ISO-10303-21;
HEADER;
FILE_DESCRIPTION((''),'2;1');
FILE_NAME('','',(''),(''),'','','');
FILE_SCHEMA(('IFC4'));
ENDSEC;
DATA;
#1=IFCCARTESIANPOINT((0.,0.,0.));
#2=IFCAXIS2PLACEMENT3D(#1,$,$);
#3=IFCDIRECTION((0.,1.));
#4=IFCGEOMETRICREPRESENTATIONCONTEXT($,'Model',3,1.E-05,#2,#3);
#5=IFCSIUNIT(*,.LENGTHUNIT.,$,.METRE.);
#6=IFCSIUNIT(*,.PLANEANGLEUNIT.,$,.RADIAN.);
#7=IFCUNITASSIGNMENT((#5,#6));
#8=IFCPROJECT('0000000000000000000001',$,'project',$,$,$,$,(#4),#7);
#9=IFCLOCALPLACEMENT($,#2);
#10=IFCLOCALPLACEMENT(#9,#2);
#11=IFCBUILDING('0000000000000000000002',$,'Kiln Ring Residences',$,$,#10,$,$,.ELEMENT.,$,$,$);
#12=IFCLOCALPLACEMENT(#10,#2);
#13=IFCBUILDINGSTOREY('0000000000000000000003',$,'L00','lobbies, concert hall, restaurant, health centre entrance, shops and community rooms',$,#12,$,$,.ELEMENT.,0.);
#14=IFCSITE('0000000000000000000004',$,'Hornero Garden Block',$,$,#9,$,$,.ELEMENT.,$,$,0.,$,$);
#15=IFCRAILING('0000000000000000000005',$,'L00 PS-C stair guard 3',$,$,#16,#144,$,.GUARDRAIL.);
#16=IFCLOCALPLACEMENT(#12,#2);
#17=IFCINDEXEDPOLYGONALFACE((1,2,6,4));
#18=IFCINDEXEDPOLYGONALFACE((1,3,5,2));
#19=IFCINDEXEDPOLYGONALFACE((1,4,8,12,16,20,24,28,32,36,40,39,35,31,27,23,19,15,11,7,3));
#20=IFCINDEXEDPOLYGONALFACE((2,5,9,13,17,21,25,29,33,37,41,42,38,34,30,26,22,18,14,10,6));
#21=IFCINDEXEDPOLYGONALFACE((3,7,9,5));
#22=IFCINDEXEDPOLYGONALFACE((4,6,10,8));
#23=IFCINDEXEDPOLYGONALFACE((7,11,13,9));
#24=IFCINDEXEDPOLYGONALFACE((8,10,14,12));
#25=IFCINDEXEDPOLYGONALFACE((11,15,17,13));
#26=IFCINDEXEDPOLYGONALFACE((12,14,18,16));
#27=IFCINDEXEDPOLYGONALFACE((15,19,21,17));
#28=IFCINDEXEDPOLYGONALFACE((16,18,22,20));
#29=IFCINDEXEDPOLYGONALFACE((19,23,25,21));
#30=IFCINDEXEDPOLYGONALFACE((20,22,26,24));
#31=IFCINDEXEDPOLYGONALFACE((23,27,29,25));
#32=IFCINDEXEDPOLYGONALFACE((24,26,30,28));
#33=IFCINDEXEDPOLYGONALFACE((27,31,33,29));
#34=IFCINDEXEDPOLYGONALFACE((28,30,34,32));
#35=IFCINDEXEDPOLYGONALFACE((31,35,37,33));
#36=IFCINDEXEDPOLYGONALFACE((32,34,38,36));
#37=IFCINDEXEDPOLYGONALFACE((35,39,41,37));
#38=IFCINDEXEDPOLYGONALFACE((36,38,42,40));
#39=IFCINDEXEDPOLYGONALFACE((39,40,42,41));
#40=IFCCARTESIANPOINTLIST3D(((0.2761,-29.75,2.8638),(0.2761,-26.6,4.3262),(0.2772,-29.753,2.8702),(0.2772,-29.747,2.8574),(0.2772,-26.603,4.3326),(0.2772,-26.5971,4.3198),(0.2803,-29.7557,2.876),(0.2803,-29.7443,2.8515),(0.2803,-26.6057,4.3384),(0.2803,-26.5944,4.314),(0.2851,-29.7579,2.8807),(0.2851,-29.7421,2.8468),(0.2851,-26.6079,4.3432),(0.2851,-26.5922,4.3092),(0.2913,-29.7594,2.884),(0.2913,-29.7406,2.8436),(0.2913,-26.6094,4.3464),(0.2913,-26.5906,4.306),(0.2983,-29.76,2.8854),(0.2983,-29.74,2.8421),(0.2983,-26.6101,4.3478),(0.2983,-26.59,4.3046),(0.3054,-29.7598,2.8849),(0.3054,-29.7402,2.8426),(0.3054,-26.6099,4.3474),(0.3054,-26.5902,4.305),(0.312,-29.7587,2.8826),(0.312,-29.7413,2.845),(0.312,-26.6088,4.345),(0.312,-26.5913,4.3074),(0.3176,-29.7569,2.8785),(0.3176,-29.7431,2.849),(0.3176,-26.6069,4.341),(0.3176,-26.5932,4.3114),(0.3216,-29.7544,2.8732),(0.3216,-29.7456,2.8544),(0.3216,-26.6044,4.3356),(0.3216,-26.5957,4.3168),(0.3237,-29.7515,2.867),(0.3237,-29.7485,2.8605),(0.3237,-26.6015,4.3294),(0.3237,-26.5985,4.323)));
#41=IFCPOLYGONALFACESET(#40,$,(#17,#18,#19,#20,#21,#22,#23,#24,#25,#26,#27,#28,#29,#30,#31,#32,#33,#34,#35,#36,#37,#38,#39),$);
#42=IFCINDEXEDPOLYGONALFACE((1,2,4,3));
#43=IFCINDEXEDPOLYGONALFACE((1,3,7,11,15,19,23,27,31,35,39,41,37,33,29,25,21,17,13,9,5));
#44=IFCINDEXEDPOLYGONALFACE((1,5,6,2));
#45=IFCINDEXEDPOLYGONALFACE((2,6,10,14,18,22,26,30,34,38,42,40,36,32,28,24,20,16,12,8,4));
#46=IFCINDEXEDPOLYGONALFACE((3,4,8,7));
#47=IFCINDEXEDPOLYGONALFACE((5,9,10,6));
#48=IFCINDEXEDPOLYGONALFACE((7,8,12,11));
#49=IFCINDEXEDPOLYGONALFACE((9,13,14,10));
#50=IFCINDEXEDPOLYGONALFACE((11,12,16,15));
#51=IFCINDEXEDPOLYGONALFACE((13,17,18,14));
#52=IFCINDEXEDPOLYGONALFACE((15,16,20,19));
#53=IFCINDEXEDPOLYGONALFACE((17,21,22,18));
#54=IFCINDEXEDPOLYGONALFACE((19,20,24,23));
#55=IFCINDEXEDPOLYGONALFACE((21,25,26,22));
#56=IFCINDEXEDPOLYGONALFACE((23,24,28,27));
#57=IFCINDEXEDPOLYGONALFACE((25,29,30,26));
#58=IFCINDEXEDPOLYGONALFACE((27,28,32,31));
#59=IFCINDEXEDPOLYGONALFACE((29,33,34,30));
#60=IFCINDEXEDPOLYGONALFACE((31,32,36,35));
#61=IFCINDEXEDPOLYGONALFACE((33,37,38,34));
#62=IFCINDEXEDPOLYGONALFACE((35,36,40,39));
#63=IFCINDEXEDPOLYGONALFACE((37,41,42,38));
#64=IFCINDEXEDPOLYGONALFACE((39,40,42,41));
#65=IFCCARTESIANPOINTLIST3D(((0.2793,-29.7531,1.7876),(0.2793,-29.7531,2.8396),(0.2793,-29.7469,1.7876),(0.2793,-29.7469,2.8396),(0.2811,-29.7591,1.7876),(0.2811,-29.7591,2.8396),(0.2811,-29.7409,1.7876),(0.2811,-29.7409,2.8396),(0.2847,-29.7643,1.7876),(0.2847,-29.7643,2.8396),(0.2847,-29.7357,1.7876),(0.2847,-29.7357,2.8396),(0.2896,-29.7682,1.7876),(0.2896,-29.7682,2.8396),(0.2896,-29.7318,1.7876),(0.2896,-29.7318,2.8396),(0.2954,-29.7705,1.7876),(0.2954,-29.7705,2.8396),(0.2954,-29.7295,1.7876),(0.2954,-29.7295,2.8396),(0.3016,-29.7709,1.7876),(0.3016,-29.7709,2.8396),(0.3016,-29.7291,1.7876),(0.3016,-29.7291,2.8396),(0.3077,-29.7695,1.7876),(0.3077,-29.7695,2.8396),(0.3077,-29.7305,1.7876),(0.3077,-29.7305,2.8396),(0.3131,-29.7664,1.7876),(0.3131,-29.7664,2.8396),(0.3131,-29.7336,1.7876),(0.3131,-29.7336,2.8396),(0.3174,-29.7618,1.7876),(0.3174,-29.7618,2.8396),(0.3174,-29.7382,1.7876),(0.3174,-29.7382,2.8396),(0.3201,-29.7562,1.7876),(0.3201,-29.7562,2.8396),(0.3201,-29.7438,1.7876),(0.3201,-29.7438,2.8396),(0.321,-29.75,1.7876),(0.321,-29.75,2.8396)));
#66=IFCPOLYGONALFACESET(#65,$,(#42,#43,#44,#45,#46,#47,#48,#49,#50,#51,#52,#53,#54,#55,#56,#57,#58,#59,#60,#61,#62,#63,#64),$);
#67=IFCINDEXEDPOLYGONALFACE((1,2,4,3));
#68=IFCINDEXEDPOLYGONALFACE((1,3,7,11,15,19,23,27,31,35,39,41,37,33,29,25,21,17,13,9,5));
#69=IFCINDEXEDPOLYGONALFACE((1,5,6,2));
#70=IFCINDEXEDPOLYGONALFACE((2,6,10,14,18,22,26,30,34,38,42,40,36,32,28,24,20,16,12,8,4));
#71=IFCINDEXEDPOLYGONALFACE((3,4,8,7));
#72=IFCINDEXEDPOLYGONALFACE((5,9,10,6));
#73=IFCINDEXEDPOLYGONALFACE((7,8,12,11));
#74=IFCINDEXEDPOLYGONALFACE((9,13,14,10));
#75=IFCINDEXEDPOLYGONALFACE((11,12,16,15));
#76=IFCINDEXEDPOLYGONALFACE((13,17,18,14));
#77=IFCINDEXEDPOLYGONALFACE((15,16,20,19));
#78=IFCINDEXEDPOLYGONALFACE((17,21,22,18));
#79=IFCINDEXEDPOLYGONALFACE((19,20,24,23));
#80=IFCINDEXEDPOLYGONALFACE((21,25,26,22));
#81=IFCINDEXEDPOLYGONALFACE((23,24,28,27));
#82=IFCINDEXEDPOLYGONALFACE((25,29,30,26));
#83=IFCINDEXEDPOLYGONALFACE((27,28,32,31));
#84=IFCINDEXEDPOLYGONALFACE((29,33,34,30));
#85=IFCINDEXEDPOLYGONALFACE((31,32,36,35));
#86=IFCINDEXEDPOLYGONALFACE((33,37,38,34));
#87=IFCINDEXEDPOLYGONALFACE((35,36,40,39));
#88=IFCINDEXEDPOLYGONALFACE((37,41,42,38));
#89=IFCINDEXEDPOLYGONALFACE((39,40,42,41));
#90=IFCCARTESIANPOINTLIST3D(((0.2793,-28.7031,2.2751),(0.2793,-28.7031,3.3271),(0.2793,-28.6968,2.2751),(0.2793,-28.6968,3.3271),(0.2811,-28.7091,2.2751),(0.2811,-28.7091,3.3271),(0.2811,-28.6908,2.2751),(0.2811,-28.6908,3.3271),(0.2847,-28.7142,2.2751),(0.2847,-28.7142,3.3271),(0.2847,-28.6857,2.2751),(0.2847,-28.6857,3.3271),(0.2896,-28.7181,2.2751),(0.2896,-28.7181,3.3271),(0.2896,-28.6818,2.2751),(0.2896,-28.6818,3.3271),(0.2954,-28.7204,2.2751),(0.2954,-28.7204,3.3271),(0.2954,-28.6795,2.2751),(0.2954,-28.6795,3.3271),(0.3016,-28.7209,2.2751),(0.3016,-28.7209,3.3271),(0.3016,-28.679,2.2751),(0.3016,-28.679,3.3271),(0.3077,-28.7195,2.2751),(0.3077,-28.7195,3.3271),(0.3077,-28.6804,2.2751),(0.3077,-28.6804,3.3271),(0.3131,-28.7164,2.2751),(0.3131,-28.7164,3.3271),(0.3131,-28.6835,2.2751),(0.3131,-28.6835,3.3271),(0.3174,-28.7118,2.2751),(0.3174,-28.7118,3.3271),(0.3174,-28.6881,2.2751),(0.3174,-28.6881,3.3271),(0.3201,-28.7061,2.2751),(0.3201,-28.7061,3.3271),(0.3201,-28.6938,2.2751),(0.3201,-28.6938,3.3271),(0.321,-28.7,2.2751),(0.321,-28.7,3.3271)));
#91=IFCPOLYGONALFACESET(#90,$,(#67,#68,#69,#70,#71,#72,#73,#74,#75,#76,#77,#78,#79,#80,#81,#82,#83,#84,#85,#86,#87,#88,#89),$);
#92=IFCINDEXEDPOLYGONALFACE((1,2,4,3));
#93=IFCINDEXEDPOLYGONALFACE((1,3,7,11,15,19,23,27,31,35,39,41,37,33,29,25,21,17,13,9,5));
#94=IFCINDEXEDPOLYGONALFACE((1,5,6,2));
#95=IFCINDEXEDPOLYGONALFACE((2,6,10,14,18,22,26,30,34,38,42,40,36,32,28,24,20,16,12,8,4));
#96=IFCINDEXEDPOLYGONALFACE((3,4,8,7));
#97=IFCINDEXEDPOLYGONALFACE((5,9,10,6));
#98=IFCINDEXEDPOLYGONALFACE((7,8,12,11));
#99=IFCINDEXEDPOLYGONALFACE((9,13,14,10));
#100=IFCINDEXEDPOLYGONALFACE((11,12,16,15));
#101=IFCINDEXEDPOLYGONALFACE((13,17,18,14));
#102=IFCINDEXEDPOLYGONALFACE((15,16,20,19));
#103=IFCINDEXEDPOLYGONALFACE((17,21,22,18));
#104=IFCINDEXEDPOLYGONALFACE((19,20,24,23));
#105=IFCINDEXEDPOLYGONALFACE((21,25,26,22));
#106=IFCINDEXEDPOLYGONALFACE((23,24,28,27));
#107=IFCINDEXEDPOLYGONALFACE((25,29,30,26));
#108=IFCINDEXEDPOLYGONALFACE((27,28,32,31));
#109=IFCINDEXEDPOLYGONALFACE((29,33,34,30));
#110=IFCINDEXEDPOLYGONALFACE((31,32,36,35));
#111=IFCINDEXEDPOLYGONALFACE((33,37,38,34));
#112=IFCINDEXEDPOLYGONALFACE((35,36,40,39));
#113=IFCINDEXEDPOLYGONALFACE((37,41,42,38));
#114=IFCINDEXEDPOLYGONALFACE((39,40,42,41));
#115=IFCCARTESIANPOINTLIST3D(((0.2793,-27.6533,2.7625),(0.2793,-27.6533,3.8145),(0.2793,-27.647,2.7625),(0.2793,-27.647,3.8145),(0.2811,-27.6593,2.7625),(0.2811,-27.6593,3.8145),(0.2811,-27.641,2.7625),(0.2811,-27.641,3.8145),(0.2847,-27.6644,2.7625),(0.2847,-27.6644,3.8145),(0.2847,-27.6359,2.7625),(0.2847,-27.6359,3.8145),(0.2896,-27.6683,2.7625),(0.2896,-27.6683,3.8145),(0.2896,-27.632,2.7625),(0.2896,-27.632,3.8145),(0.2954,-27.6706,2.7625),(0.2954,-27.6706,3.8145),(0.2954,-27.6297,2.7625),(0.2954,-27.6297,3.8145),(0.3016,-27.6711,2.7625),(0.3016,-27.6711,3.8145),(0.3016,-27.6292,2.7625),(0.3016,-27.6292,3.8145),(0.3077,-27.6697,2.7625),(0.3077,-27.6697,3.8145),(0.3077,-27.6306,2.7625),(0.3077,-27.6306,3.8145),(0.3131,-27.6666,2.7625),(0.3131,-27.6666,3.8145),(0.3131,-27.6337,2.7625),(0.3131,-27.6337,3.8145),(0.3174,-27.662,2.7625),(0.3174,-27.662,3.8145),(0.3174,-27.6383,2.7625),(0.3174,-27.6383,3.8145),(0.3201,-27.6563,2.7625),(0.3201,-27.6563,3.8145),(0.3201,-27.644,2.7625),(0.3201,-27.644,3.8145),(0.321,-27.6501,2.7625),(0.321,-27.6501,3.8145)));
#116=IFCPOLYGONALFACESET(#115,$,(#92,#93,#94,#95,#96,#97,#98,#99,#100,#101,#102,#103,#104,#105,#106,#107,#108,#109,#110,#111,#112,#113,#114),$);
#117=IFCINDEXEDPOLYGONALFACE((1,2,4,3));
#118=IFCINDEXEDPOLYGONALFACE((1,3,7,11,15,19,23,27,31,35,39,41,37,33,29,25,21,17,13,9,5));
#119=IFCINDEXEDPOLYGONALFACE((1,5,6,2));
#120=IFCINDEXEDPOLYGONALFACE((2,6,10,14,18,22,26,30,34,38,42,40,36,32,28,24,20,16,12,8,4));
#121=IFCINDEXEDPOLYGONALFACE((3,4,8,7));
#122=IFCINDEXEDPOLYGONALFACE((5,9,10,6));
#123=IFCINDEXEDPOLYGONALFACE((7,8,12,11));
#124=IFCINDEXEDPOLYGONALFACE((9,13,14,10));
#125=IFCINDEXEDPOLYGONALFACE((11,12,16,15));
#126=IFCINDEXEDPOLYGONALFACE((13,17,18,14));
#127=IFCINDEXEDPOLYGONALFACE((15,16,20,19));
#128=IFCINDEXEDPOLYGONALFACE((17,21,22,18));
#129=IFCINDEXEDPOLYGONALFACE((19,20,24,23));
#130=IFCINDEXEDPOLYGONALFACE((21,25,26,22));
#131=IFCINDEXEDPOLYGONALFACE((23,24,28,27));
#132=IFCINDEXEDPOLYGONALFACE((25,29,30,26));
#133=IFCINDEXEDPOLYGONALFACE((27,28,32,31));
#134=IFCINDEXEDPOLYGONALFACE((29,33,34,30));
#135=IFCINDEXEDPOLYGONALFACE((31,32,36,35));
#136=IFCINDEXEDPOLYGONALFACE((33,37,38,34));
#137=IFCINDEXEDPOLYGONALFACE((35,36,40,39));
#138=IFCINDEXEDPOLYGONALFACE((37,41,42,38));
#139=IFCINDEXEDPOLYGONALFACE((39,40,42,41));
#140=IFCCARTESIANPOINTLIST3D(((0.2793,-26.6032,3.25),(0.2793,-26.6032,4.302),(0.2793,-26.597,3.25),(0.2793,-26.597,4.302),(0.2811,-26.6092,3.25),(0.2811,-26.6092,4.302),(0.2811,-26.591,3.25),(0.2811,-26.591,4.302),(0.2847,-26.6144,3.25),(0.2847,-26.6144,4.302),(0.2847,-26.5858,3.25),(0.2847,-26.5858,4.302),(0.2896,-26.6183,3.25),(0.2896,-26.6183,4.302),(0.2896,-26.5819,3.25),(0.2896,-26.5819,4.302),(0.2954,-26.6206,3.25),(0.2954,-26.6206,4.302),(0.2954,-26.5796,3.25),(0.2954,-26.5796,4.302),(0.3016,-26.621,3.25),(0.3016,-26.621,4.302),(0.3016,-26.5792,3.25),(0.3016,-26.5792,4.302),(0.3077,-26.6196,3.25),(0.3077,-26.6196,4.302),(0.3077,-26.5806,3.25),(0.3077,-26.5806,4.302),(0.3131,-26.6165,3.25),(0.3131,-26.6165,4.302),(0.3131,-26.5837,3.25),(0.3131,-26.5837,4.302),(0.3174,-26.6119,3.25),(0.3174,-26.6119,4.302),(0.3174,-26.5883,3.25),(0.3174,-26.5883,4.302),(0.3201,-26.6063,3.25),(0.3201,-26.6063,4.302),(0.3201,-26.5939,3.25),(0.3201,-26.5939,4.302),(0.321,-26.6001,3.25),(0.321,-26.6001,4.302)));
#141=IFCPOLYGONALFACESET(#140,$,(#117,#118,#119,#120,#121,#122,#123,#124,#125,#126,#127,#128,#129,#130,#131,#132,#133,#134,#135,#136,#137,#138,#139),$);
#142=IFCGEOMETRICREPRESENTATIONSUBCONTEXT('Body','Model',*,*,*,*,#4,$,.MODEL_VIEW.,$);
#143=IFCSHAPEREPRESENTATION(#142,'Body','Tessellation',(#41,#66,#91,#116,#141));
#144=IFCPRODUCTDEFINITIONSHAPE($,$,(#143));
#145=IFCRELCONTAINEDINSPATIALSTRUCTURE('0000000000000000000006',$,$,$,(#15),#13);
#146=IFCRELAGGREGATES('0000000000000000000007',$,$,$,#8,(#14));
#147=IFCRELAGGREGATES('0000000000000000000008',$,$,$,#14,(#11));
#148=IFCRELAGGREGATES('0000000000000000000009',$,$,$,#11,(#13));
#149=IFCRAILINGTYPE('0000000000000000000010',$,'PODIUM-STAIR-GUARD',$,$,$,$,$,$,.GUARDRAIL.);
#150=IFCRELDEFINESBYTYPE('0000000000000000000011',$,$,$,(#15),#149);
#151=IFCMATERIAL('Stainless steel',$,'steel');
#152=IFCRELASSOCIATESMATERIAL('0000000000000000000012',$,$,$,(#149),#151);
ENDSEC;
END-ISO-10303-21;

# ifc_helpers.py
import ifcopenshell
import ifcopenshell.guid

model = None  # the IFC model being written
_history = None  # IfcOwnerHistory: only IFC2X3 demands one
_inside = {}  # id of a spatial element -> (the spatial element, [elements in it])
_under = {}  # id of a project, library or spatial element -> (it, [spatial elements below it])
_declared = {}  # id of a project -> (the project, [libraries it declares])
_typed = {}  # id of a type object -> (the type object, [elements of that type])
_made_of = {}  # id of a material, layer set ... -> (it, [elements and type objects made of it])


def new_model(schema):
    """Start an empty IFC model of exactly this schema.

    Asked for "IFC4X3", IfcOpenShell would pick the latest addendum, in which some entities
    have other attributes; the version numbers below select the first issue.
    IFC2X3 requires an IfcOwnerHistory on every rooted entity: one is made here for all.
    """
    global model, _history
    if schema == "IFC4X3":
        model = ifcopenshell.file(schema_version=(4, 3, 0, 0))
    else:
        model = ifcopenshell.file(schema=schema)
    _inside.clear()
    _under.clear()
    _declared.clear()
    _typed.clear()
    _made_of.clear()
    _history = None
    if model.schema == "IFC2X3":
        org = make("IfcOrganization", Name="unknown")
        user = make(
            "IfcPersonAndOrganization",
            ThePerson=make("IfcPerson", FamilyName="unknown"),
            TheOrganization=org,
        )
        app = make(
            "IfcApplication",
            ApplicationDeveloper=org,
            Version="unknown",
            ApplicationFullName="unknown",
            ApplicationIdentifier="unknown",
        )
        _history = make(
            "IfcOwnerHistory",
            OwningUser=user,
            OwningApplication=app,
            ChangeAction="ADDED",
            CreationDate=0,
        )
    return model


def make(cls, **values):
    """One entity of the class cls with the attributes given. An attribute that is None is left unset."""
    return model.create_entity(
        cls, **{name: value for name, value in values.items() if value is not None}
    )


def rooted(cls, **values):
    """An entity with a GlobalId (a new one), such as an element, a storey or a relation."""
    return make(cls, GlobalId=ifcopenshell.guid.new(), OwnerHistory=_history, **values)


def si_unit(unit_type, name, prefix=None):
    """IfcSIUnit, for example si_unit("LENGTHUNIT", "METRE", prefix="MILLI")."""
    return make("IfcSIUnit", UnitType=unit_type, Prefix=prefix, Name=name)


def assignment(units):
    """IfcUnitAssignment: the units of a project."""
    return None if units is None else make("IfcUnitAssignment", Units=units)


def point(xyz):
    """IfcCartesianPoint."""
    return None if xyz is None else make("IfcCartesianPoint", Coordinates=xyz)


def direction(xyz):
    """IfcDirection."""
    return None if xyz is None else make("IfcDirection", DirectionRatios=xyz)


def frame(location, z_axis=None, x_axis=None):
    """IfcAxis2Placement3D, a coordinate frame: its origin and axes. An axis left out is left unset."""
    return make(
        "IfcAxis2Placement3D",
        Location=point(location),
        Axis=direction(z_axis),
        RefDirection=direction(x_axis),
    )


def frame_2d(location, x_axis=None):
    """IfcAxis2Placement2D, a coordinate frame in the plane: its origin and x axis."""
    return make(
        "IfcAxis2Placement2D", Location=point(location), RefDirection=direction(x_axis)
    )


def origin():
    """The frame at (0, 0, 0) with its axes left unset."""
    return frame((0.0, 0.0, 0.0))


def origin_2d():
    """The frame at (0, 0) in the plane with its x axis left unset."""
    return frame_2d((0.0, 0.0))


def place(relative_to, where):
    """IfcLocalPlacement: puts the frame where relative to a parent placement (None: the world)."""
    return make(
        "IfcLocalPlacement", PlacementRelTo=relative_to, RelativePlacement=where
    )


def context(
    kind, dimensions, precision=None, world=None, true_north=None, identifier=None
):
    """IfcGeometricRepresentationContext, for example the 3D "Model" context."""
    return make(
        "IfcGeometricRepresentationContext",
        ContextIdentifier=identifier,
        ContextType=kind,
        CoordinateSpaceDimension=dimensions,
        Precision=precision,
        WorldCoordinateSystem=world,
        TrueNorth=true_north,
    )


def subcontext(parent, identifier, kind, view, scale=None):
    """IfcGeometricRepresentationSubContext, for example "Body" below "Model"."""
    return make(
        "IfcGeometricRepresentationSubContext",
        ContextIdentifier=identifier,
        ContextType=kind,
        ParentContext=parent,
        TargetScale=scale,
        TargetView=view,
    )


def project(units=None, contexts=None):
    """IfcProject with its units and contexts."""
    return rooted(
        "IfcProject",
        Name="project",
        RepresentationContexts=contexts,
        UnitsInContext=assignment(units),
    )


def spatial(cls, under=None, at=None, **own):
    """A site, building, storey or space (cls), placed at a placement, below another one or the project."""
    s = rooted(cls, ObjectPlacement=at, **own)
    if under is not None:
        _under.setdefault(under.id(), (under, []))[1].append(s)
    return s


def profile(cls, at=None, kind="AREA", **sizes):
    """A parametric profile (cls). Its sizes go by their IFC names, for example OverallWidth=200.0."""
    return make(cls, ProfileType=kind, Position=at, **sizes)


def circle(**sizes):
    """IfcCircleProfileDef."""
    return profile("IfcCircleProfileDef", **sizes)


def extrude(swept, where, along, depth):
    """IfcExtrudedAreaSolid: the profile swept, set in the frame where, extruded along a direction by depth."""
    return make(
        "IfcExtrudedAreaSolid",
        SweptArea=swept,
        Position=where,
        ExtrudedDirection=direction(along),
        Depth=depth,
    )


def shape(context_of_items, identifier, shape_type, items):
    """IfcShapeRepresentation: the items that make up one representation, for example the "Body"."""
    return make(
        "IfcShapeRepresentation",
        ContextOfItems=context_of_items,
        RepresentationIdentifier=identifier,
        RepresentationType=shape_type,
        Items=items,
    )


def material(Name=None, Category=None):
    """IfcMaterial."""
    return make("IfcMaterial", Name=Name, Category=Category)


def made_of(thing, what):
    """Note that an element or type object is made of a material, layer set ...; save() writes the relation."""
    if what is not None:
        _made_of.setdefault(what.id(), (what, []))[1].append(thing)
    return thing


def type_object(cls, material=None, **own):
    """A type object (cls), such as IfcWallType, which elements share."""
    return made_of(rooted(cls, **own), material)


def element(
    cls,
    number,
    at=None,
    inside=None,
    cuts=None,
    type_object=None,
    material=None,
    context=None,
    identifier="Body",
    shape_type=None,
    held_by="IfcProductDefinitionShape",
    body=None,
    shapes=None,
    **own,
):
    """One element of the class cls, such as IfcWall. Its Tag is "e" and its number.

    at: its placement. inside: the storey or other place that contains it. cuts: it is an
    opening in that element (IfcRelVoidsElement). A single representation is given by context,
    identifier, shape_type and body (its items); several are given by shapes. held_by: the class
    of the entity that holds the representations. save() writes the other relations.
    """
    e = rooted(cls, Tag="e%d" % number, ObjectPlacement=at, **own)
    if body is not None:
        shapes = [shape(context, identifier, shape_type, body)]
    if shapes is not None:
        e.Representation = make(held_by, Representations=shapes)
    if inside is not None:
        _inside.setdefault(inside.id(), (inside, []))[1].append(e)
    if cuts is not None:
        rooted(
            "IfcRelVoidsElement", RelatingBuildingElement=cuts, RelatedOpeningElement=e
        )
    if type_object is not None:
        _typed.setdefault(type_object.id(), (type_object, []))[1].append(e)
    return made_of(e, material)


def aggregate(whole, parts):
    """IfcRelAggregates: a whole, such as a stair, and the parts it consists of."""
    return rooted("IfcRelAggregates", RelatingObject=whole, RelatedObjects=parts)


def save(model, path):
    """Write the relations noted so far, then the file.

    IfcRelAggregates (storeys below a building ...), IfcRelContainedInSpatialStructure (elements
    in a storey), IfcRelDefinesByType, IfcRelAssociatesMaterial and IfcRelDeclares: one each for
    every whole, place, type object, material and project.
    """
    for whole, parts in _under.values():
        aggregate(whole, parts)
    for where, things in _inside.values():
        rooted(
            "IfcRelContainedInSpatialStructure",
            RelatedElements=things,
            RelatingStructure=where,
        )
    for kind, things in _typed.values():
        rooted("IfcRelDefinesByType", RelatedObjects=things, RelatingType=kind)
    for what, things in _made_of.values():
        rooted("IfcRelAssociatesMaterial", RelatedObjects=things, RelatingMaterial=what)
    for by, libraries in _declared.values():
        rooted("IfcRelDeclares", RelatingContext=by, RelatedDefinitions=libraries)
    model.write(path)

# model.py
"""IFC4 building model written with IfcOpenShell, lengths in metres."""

from ifc_helpers import new_model, si_unit, direction, frame, origin, origin_2d, place, context, subcontext, project, spatial, circle, extrude, material, type_object, element, save


model = new_model("IFC4")

# Units and contexts
model_context = context("Model", 3, precision=1e-05, world=origin(), true_north=direction((0.0, 1.0)))
body_context = subcontext(model_context, "Body", "Model", "MODEL_VIEW")
ifc_project = project(units=[si_unit("LENGTHUNIT", "METRE"), si_unit("PLANEANGLEUNIT", "RADIAN")], contexts=[model_context])

# Site, building, storey
site_placement = place(None, origin())
site = spatial("IfcSite", under=ifc_project, at=site_placement, Name="Hornero Garden Block", CompositionType="ELEMENT", RefElevation=0.0)
building_placement = place(site_placement, origin())
building = spatial("IfcBuilding", under=site, at=building_placement, Name="Kiln Ring Residences", CompositionType="ELEMENT")
storey_placement = place(building_placement, origin())
storey = spatial("IfcBuildingStorey", under=building, at=storey_placement, Name="L00", Description="lobbies, concert hall, restaurant, health centre entrance, shops and community rooms", CompositionType="ELEMENT", Elevation=0.0)

# Railing
ifc_material_1 = material(Name="Stainless steel", Category="steel")
railing_type_1 = type_object("IfcRailingType", Name="PODIUM-STAIR-GUARD", PredefinedType="GUARDRAIL", material=ifc_material_1)
for number, where, name in (
    (1, (0.3, -29.75, 1.7876), "L00 PS-C stair guard 3"),
):
    element("IfcRailing", number, at=place(storey_placement, frame(where)), inside=storey, type_object=railing_type_1, Name=name, PredefinedType="GUARDRAIL", context=body_context, shape_type="SweptSolid", body=[
        extrude(circle(Radius=0.0239, at=origin_2d()), frame((0.0, 0.0, 1.0762), z_axis=(0.0, 0.907015, 0.421099), x_axis=(-1.0, 0.0, 0.0)), (0.0, 0.0, 1.0), 3.4729),
        extrude(circle(Radius=0.021, at=origin_2d()), origin(), (0.0, 0.0, 1.0), 1.052),
        extrude(circle(Radius=0.021, at=origin_2d()), frame((0.0, 1.05, 0.4875)), (0.0, 0.0, 1.0), 1.052),
        extrude(circle(Radius=0.021, at=origin_2d()), frame((0.0, 2.0999, 0.9749)), (0.0, 0.0, 1.0), 1.052),
        extrude(circle(Radius=0.021, at=origin_2d()), frame((0.0, 3.1499, 1.4624)), (0.0, 0.0, 1.0), 1.052),
    ])

save(model, "model.ifc")
